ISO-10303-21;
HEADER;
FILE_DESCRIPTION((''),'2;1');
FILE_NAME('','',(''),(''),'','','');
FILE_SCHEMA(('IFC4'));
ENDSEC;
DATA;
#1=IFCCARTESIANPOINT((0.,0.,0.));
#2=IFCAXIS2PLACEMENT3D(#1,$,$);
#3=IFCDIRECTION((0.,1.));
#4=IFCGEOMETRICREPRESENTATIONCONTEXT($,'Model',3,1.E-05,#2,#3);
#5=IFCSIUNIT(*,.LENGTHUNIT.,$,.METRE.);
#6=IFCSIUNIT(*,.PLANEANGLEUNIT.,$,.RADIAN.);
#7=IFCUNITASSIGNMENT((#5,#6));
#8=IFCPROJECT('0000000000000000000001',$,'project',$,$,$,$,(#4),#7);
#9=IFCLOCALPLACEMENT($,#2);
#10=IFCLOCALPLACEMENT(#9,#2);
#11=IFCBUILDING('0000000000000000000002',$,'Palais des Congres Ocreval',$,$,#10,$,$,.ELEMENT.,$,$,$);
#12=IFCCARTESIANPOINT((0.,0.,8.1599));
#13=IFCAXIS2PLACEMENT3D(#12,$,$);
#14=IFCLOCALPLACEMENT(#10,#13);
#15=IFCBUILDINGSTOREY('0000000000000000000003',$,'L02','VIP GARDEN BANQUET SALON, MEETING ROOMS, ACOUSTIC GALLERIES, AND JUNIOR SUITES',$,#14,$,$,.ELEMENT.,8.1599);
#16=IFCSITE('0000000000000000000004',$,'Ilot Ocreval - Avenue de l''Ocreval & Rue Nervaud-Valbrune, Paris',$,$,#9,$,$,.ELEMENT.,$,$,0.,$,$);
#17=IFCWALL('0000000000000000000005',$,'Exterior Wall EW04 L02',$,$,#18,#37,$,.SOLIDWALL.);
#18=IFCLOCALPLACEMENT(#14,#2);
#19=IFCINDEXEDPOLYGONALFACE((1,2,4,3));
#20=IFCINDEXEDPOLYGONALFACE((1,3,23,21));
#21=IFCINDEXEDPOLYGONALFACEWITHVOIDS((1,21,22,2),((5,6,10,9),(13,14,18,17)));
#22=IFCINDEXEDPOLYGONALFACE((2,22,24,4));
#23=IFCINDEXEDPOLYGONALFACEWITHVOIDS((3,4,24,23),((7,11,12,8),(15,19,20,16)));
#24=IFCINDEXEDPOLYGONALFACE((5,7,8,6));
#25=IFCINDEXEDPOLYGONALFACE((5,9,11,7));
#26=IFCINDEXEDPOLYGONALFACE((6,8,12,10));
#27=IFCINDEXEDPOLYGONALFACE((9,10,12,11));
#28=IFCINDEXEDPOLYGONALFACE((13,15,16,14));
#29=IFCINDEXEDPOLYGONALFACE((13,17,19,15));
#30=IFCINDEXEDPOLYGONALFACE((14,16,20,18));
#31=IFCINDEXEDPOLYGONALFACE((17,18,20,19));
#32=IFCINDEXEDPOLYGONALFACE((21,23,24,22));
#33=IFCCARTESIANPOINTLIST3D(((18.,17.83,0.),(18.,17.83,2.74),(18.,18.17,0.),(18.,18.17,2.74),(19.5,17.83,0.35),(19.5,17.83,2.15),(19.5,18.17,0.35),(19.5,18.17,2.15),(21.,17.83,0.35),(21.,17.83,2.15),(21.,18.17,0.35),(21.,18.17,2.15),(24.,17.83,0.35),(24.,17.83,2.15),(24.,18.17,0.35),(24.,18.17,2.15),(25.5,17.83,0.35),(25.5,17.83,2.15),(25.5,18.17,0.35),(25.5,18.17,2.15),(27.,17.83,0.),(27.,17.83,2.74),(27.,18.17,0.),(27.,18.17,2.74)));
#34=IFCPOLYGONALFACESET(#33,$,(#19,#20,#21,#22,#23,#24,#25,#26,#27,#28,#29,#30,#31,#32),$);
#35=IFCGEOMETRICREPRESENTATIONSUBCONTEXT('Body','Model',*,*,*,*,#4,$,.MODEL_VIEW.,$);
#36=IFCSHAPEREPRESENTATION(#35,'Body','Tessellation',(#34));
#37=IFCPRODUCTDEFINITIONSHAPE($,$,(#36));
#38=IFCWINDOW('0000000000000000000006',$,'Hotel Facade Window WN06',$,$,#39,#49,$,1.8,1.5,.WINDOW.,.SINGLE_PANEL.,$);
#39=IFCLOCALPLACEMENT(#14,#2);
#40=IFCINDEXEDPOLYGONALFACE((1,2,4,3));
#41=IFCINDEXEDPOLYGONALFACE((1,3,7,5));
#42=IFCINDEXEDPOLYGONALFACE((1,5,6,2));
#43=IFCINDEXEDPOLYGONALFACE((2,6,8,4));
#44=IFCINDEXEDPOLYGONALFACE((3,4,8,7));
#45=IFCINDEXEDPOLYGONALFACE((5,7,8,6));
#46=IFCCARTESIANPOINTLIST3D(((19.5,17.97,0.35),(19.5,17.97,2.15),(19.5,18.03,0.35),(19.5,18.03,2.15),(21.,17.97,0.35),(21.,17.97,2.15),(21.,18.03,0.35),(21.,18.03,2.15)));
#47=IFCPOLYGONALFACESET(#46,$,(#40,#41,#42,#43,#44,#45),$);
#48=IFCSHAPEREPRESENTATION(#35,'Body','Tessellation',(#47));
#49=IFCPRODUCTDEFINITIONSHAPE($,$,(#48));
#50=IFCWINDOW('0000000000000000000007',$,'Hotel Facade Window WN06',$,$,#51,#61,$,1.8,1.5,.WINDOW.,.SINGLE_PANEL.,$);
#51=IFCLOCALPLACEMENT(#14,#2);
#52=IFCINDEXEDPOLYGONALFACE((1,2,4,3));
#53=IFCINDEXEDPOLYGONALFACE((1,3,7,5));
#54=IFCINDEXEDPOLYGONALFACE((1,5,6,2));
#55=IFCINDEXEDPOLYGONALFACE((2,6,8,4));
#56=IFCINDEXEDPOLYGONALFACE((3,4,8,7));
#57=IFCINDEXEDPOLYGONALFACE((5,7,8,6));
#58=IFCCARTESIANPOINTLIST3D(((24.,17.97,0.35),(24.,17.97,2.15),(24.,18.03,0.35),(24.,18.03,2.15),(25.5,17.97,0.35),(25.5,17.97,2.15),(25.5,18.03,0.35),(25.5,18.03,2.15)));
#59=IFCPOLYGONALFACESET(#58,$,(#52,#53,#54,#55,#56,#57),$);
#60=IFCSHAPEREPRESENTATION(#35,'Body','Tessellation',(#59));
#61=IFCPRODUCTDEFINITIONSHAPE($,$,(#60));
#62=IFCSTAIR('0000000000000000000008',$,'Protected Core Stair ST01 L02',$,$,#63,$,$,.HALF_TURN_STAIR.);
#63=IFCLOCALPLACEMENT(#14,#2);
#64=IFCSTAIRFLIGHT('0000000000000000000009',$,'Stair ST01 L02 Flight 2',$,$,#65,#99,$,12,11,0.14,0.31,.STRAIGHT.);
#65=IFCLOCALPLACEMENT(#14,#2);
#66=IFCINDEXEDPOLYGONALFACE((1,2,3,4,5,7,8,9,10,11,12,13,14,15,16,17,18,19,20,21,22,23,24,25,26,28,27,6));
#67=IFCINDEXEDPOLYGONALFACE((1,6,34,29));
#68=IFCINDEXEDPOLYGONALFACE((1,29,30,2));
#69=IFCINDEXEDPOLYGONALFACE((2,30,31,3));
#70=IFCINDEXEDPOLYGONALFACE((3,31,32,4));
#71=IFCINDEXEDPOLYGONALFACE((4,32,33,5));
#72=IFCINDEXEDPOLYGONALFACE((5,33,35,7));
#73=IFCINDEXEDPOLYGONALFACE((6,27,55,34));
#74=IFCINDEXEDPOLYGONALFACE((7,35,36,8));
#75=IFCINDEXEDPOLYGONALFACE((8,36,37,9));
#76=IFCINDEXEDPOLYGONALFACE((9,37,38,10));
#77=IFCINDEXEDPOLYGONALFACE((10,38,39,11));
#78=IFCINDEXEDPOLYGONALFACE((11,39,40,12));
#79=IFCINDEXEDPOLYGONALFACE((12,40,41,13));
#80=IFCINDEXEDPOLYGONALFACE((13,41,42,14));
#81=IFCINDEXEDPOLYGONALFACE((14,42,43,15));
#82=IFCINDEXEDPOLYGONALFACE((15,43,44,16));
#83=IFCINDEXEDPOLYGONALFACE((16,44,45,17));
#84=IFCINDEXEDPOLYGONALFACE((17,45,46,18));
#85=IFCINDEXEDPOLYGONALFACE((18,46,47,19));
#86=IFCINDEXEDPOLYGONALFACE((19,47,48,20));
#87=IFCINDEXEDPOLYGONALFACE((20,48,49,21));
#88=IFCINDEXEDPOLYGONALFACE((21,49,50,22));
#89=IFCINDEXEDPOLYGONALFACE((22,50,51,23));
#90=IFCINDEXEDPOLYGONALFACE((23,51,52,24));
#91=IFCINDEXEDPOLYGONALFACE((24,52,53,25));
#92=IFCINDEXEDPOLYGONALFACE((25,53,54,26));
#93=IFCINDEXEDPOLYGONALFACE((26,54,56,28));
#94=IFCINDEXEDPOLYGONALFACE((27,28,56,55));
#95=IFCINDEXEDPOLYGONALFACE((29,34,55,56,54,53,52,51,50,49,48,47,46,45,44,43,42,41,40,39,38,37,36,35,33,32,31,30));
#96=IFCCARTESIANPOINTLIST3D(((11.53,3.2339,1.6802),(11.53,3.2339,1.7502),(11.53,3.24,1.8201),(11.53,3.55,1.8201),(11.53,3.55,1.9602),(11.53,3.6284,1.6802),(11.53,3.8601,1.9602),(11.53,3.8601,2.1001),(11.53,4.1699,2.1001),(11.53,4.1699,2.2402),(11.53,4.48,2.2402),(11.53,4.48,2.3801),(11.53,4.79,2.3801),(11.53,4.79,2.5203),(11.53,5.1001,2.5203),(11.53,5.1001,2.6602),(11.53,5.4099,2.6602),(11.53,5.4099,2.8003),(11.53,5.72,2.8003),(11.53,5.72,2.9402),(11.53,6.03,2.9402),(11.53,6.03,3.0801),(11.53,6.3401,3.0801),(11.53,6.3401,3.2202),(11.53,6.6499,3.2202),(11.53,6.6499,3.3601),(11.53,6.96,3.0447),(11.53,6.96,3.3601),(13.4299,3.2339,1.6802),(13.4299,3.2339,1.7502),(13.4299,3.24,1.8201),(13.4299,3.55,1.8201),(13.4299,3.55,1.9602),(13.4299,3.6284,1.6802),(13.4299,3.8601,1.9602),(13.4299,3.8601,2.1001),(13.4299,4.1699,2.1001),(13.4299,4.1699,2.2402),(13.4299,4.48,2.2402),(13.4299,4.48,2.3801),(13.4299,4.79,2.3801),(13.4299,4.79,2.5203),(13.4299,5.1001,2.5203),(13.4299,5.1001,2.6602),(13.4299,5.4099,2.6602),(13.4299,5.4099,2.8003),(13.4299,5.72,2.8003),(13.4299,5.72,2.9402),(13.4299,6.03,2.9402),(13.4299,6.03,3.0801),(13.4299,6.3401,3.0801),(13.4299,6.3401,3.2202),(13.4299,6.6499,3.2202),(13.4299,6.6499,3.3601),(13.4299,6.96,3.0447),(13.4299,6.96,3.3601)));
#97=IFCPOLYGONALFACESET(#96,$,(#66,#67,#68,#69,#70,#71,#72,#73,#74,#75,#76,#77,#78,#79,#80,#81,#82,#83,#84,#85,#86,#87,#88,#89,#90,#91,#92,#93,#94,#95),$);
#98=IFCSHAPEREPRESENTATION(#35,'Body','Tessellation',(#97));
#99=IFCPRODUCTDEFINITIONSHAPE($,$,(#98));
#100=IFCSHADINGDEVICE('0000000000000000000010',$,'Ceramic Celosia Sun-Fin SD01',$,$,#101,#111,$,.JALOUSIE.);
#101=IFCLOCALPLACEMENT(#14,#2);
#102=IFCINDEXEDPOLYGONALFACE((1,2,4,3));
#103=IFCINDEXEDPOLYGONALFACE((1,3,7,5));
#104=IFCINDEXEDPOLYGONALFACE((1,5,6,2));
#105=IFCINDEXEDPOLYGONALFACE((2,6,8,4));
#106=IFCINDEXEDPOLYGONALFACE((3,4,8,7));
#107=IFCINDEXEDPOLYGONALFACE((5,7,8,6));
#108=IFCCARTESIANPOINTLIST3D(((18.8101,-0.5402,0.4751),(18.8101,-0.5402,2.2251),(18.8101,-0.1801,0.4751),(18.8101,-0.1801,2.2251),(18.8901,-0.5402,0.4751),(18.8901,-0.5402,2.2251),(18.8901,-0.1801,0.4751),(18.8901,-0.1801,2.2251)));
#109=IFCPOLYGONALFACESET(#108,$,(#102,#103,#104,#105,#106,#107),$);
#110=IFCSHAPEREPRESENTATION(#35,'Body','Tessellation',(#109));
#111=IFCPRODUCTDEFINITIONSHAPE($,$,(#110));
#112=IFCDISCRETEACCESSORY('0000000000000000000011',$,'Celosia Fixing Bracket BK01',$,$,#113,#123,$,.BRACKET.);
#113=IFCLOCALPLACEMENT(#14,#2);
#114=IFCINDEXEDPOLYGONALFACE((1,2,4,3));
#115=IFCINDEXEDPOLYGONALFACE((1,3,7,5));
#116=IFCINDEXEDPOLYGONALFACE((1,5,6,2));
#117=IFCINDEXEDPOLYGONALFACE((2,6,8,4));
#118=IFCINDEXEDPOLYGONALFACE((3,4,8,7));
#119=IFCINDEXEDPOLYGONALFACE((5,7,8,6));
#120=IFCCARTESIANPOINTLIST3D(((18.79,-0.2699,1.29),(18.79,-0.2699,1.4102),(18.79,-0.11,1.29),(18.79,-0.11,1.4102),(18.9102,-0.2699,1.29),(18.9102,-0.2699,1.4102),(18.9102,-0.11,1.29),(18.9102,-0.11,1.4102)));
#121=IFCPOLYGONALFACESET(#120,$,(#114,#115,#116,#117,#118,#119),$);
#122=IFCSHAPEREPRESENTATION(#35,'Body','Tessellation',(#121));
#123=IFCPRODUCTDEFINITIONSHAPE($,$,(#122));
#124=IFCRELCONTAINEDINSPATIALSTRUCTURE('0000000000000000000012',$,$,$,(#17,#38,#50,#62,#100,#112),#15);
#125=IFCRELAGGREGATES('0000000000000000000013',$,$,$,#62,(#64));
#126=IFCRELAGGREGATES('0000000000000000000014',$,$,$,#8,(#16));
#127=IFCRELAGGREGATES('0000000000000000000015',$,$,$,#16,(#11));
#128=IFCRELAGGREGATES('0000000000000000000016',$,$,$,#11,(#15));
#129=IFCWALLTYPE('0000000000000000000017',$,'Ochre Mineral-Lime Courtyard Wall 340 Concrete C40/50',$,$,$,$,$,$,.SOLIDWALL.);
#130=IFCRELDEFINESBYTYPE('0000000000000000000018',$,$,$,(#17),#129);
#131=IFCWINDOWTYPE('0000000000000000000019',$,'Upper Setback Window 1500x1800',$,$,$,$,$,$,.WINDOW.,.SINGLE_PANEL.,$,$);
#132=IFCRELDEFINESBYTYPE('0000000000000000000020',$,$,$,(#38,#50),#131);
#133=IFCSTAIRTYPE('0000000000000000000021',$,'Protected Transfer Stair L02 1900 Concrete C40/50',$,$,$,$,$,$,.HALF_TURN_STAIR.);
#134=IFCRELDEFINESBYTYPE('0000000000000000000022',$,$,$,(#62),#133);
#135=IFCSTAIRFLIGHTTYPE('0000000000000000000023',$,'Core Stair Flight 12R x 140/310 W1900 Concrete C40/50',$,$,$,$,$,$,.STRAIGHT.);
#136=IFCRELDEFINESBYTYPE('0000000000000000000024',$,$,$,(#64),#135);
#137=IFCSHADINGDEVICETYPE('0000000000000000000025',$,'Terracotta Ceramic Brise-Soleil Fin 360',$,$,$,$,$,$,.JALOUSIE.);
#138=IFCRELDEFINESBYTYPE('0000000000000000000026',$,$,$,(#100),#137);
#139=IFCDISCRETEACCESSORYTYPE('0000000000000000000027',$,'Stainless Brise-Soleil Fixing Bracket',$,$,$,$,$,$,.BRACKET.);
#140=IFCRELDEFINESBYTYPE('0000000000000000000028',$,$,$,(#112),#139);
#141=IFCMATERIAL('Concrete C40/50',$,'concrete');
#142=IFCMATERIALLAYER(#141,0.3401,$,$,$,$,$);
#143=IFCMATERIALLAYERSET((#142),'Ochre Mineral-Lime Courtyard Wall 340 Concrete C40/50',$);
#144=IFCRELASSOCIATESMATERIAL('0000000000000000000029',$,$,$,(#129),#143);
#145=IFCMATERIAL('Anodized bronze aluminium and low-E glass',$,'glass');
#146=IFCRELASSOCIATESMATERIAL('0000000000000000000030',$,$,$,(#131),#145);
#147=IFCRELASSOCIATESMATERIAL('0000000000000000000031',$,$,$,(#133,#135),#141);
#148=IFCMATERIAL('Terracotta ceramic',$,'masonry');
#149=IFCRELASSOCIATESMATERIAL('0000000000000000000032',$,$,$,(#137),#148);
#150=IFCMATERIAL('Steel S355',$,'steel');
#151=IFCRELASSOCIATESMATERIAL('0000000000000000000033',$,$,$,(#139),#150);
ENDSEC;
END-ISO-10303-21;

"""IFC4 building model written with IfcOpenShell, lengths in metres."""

from ifc_helpers import new_model, si_unit, direction, frame, frame_2d, origin, origin_2d, place, context, subcontext, project, spatial, polyline, rectangle, outline, extrude, material, layer, layer_set, type_object, element, fill, aggregate, save


model = new_model("IFC4")

# Units and contexts
model_context = context("Model", 3, precision=1e-05, world=origin(), true_north=direction((0.0, 1.0)))
body_context = subcontext(model_context, "Body", "Model", "MODEL_VIEW")
ifc_project = project(units=[si_unit("LENGTHUNIT", "METRE"), si_unit("PLANEANGLEUNIT", "RADIAN")], contexts=[model_context])

# Site, building, storey
site_placement = place(None, origin())
site = spatial("IfcSite", under=ifc_project, at=site_placement, Name="Ilot Ocreval - Avenue de l'Ocreval & Rue Nervaud-Valbrune, Paris", CompositionType="ELEMENT", RefElevation=0.0)
building_placement = place(site_placement, origin())
building = spatial("IfcBuilding", under=site, at=building_placement, Name="Palais des Congres Ocreval", CompositionType="ELEMENT")
storey_placement = place(building_placement, frame((0.0, 0.0, 8.1599)))
storey = spatial("IfcBuildingStorey", under=building, at=storey_placement, Name="L02", Description="VIP GARDEN BANQUET SALON, MEETING ROOMS, ACOUSTIC GALLERIES, AND JUNIOR SUITES", CompositionType="ELEMENT", Elevation=8.1599)

# Shared definitions
ifc_material_1 = material(Name="Steel S355", Category="steel")
ifc_material_2 = material(Name="Concrete C40/50", Category="concrete")

# Wall, openings, windows
ifc_layer_1 = layer(ifc_material_2, 0.3401)
ifc_layer_set_1 = layer_set([ifc_layer_1], Name="Ochre Mineral-Lime Courtyard Wall 340 Concrete C40/50")
wall_type_1 = type_object("IfcWallType", Name="Ochre Mineral-Lime Courtyard Wall 340 Concrete C40/50", PredefinedType="SOLIDWALL", material=ifc_layer_set_1)
wall_1_placement = place(storey_placement, frame((18.0, 18.0, 0.0), z_axis=(0.0, 0.0, 1.0), x_axis=(1.0, 0.0, 0.0)))
wall_1 = element("IfcWall", 1, at=wall_1_placement, inside=storey, type_object=wall_type_1, Name="Exterior Wall EW04 L02", PredefinedType="SOLIDWALL", context=body_context, shape_type="SweptSolid", body=[
    extrude(rectangle(XDim=9.0, YDim=0.3401, at=frame_2d((4.5, 0.0))), origin(), (0.0, 0.0, 1.0), 2.74),
])
opening_1_placement = place(wall_1_placement, frame((1.5, 0.0, 0.3501)))
opening_1 = element("IfcOpeningElement", 2, at=opening_1_placement, cuts=wall_1, PredefinedType="OPENING", context=body_context, shape_type="SweptSolid", body=[
    extrude(rectangle(XDim=1.5, YDim=1.8, at=frame_2d((0.75, 0.8999))), frame((0.0, 0.1799, 0.0), z_axis=(0.0, -1.0, 0.0), x_axis=(1.0, 0.0, 0.0)), (0.0, 0.0, 1.0), 0.3601),
])
opening_2_placement = place(wall_1_placement, frame((6.0, 0.0, 0.3501)))
opening_2 = element("IfcOpeningElement", 3, at=opening_2_placement, cuts=wall_1, PredefinedType="OPENING", context=body_context, shape_type="SweptSolid", body=[
    extrude(rectangle(XDim=1.5, YDim=1.8, at=frame_2d((0.75, 0.8999))), frame((0.0, 0.1799, 0.0), z_axis=(0.0, -1.0, 0.0), x_axis=(1.0, 0.0, 0.0)), (0.0, 0.0, 1.0), 0.3601),
])
ifc_material_3 = material(Name="Anodized bronze aluminium and low-E glass", Category="glass")
window_type = type_object("IfcWindowType", Name="Upper Setback Window 1500x1800", PartitioningType="SINGLE_PANEL", PredefinedType="WINDOW", material=ifc_material_3)
window_1_placement = place(opening_1_placement, origin())
window_1 = element("IfcWindow", 4, at=window_1_placement, inside=storey, type_object=window_type, Name="Hotel Facade Window WN06", OverallHeight=1.8, OverallWidth=1.5, PartitioningType="SINGLE_PANEL", PredefinedType="WINDOW", context=body_context, shape_type="SweptSolid", body=[
    extrude(rectangle(XDim=1.5, YDim=1.8, at=frame_2d((0.75, 0.8999))), frame((0.0, 0.03, 0.0), z_axis=(0.0, -1.0, 0.0), x_axis=(1.0, 0.0, 0.0)), (0.0, 0.0, 1.0), 0.0601),
])
fill(opening_1, window_1)
window_2_placement = place(opening_2_placement, origin())
window_2 = element("IfcWindow", 5, at=window_2_placement, inside=storey, type_object=window_type, Name="Hotel Facade Window WN06", OverallHeight=1.8, OverallWidth=1.5, PartitioningType="SINGLE_PANEL", PredefinedType="WINDOW", context=body_context, shape_type="SweptSolid", body=[
    extrude(rectangle(XDim=1.5, YDim=1.8, at=frame_2d((0.75, 0.8999))), frame((0.0, 0.03, 0.0), z_axis=(0.0, -1.0, 0.0), x_axis=(1.0, 0.0, 0.0)), (0.0, 0.0, 1.0), 0.0601),
])
fill(opening_2, window_2)

# Stair, stair flight
stair_type = type_object("IfcStairType", Name="Protected Transfer Stair L02 1900 Concrete C40/50", PredefinedType="HALF_TURN_STAIR", material=ifc_material_2)
stair_placement = place(storey_placement, origin())
stair = element("IfcStair", 6, at=stair_placement, inside=storey, type_object=stair_type, Name="Protected Core Stair ST01 L02", PredefinedType="HALF_TURN_STAIR")
stair_flight_type = type_object("IfcStairFlightType", Name="Core Stair Flight 12R x 140/310 W1900 Concrete C40/50", PredefinedType="STRAIGHT", material=ifc_material_2)
stair_flight_placement = place(storey_placement, frame((12.48, 3.24, 1.6802), z_axis=(0.0, 0.0, 1.0), x_axis=(0.0, 1.0, 0.0)))
stair_flight = element("IfcStairFlight", 7, at=stair_flight_placement, type_object=stair_flight_type, Name="Stair ST01 L02 Flight 2", NumberOfRisers=12, NumberOfTreads=11, PredefinedType="STRAIGHT", RiserHeight=0.14, TreadLength=0.31, context=body_context, shape_type="SweptSolid", body=[
    extrude(outline(polyline([(-0.0061, 0.0), (-0.0061, 0.0701), (0.0, 0.1399), (0.3101, 0.1399), (0.3101, 0.28), (0.6201, 0.28), (0.6201, 0.4199), (0.9299, 0.4199), (0.9299, 0.5601), (1.24, 0.5601), (1.24, 0.7), (1.55, 0.7), (1.55, 0.8401), (1.8601, 0.8401), (1.8601, 0.98), (2.1699, 0.98), (2.1699, 1.1201), (2.48, 1.1201), (2.48, 1.26), (2.79, 1.26), (2.79, 1.3999), (3.1001, 1.3999), (3.1001, 1.54), (3.4099, 1.54), (3.4099, 1.6799), (3.72, 1.6799), (3.72, 1.3645), (0.3884, 0.0), (-0.0061, 0.0)])), frame((0.0, 0.95, 0.0), z_axis=(0.0, -1.0, 0.0), x_axis=(1.0, 0.0, 0.0)), (0.0, 0.0, 1.0), 1.8999),
])
aggregate(stair, [stair_flight])

# Shading device
ifc_material_4 = material(Name="Terracotta ceramic", Category="masonry")
shading_device_type = type_object("IfcShadingDeviceType", Name="Terracotta Ceramic Brise-Soleil Fin 360", PredefinedType="JALOUSIE", material=ifc_material_4)
shading_device_placement = place(storey_placement, frame((18.8501, -0.3601, 0.4751), z_axis=(0.0, 0.0, 1.0), x_axis=(0.0, -1.0, 0.0)))
element("IfcShadingDevice", 8, at=shading_device_placement, inside=storey, type_object=shading_device_type, Name="Ceramic Celosia Sun-Fin SD01", PredefinedType="JALOUSIE", context=body_context, shape_type="SweptSolid", body=[
    extrude(rectangle(XDim=0.3601, YDim=0.0801, at=origin_2d()), origin(), (0.0, 0.0, 1.0), 1.75),
])

# Discrete accessory
discrete_accessory_type = type_object("IfcDiscreteAccessoryType", Name="Stainless Brise-Soleil Fixing Bracket", PredefinedType="BRACKET", material=ifc_material_1)
discrete_accessory_placement = place(storey_placement, frame((18.8501, -0.1899, 1.29), z_axis=(0.0, 0.0, 1.0), x_axis=(0.0, -1.0, 0.0)))
element("IfcDiscreteAccessory", 9, at=discrete_accessory_placement, inside=storey, type_object=discrete_accessory_type, Name="Celosia Fixing Bracket BK01", PredefinedType="BRACKET", context=body_context, shape_type="SweptSolid", body=[
    extrude(rectangle(XDim=0.1599, YDim=0.1201, at=origin_2d()), origin(), (0.0, 0.0, 1.0), 0.1201),
])

save(model, "model.ifc")
